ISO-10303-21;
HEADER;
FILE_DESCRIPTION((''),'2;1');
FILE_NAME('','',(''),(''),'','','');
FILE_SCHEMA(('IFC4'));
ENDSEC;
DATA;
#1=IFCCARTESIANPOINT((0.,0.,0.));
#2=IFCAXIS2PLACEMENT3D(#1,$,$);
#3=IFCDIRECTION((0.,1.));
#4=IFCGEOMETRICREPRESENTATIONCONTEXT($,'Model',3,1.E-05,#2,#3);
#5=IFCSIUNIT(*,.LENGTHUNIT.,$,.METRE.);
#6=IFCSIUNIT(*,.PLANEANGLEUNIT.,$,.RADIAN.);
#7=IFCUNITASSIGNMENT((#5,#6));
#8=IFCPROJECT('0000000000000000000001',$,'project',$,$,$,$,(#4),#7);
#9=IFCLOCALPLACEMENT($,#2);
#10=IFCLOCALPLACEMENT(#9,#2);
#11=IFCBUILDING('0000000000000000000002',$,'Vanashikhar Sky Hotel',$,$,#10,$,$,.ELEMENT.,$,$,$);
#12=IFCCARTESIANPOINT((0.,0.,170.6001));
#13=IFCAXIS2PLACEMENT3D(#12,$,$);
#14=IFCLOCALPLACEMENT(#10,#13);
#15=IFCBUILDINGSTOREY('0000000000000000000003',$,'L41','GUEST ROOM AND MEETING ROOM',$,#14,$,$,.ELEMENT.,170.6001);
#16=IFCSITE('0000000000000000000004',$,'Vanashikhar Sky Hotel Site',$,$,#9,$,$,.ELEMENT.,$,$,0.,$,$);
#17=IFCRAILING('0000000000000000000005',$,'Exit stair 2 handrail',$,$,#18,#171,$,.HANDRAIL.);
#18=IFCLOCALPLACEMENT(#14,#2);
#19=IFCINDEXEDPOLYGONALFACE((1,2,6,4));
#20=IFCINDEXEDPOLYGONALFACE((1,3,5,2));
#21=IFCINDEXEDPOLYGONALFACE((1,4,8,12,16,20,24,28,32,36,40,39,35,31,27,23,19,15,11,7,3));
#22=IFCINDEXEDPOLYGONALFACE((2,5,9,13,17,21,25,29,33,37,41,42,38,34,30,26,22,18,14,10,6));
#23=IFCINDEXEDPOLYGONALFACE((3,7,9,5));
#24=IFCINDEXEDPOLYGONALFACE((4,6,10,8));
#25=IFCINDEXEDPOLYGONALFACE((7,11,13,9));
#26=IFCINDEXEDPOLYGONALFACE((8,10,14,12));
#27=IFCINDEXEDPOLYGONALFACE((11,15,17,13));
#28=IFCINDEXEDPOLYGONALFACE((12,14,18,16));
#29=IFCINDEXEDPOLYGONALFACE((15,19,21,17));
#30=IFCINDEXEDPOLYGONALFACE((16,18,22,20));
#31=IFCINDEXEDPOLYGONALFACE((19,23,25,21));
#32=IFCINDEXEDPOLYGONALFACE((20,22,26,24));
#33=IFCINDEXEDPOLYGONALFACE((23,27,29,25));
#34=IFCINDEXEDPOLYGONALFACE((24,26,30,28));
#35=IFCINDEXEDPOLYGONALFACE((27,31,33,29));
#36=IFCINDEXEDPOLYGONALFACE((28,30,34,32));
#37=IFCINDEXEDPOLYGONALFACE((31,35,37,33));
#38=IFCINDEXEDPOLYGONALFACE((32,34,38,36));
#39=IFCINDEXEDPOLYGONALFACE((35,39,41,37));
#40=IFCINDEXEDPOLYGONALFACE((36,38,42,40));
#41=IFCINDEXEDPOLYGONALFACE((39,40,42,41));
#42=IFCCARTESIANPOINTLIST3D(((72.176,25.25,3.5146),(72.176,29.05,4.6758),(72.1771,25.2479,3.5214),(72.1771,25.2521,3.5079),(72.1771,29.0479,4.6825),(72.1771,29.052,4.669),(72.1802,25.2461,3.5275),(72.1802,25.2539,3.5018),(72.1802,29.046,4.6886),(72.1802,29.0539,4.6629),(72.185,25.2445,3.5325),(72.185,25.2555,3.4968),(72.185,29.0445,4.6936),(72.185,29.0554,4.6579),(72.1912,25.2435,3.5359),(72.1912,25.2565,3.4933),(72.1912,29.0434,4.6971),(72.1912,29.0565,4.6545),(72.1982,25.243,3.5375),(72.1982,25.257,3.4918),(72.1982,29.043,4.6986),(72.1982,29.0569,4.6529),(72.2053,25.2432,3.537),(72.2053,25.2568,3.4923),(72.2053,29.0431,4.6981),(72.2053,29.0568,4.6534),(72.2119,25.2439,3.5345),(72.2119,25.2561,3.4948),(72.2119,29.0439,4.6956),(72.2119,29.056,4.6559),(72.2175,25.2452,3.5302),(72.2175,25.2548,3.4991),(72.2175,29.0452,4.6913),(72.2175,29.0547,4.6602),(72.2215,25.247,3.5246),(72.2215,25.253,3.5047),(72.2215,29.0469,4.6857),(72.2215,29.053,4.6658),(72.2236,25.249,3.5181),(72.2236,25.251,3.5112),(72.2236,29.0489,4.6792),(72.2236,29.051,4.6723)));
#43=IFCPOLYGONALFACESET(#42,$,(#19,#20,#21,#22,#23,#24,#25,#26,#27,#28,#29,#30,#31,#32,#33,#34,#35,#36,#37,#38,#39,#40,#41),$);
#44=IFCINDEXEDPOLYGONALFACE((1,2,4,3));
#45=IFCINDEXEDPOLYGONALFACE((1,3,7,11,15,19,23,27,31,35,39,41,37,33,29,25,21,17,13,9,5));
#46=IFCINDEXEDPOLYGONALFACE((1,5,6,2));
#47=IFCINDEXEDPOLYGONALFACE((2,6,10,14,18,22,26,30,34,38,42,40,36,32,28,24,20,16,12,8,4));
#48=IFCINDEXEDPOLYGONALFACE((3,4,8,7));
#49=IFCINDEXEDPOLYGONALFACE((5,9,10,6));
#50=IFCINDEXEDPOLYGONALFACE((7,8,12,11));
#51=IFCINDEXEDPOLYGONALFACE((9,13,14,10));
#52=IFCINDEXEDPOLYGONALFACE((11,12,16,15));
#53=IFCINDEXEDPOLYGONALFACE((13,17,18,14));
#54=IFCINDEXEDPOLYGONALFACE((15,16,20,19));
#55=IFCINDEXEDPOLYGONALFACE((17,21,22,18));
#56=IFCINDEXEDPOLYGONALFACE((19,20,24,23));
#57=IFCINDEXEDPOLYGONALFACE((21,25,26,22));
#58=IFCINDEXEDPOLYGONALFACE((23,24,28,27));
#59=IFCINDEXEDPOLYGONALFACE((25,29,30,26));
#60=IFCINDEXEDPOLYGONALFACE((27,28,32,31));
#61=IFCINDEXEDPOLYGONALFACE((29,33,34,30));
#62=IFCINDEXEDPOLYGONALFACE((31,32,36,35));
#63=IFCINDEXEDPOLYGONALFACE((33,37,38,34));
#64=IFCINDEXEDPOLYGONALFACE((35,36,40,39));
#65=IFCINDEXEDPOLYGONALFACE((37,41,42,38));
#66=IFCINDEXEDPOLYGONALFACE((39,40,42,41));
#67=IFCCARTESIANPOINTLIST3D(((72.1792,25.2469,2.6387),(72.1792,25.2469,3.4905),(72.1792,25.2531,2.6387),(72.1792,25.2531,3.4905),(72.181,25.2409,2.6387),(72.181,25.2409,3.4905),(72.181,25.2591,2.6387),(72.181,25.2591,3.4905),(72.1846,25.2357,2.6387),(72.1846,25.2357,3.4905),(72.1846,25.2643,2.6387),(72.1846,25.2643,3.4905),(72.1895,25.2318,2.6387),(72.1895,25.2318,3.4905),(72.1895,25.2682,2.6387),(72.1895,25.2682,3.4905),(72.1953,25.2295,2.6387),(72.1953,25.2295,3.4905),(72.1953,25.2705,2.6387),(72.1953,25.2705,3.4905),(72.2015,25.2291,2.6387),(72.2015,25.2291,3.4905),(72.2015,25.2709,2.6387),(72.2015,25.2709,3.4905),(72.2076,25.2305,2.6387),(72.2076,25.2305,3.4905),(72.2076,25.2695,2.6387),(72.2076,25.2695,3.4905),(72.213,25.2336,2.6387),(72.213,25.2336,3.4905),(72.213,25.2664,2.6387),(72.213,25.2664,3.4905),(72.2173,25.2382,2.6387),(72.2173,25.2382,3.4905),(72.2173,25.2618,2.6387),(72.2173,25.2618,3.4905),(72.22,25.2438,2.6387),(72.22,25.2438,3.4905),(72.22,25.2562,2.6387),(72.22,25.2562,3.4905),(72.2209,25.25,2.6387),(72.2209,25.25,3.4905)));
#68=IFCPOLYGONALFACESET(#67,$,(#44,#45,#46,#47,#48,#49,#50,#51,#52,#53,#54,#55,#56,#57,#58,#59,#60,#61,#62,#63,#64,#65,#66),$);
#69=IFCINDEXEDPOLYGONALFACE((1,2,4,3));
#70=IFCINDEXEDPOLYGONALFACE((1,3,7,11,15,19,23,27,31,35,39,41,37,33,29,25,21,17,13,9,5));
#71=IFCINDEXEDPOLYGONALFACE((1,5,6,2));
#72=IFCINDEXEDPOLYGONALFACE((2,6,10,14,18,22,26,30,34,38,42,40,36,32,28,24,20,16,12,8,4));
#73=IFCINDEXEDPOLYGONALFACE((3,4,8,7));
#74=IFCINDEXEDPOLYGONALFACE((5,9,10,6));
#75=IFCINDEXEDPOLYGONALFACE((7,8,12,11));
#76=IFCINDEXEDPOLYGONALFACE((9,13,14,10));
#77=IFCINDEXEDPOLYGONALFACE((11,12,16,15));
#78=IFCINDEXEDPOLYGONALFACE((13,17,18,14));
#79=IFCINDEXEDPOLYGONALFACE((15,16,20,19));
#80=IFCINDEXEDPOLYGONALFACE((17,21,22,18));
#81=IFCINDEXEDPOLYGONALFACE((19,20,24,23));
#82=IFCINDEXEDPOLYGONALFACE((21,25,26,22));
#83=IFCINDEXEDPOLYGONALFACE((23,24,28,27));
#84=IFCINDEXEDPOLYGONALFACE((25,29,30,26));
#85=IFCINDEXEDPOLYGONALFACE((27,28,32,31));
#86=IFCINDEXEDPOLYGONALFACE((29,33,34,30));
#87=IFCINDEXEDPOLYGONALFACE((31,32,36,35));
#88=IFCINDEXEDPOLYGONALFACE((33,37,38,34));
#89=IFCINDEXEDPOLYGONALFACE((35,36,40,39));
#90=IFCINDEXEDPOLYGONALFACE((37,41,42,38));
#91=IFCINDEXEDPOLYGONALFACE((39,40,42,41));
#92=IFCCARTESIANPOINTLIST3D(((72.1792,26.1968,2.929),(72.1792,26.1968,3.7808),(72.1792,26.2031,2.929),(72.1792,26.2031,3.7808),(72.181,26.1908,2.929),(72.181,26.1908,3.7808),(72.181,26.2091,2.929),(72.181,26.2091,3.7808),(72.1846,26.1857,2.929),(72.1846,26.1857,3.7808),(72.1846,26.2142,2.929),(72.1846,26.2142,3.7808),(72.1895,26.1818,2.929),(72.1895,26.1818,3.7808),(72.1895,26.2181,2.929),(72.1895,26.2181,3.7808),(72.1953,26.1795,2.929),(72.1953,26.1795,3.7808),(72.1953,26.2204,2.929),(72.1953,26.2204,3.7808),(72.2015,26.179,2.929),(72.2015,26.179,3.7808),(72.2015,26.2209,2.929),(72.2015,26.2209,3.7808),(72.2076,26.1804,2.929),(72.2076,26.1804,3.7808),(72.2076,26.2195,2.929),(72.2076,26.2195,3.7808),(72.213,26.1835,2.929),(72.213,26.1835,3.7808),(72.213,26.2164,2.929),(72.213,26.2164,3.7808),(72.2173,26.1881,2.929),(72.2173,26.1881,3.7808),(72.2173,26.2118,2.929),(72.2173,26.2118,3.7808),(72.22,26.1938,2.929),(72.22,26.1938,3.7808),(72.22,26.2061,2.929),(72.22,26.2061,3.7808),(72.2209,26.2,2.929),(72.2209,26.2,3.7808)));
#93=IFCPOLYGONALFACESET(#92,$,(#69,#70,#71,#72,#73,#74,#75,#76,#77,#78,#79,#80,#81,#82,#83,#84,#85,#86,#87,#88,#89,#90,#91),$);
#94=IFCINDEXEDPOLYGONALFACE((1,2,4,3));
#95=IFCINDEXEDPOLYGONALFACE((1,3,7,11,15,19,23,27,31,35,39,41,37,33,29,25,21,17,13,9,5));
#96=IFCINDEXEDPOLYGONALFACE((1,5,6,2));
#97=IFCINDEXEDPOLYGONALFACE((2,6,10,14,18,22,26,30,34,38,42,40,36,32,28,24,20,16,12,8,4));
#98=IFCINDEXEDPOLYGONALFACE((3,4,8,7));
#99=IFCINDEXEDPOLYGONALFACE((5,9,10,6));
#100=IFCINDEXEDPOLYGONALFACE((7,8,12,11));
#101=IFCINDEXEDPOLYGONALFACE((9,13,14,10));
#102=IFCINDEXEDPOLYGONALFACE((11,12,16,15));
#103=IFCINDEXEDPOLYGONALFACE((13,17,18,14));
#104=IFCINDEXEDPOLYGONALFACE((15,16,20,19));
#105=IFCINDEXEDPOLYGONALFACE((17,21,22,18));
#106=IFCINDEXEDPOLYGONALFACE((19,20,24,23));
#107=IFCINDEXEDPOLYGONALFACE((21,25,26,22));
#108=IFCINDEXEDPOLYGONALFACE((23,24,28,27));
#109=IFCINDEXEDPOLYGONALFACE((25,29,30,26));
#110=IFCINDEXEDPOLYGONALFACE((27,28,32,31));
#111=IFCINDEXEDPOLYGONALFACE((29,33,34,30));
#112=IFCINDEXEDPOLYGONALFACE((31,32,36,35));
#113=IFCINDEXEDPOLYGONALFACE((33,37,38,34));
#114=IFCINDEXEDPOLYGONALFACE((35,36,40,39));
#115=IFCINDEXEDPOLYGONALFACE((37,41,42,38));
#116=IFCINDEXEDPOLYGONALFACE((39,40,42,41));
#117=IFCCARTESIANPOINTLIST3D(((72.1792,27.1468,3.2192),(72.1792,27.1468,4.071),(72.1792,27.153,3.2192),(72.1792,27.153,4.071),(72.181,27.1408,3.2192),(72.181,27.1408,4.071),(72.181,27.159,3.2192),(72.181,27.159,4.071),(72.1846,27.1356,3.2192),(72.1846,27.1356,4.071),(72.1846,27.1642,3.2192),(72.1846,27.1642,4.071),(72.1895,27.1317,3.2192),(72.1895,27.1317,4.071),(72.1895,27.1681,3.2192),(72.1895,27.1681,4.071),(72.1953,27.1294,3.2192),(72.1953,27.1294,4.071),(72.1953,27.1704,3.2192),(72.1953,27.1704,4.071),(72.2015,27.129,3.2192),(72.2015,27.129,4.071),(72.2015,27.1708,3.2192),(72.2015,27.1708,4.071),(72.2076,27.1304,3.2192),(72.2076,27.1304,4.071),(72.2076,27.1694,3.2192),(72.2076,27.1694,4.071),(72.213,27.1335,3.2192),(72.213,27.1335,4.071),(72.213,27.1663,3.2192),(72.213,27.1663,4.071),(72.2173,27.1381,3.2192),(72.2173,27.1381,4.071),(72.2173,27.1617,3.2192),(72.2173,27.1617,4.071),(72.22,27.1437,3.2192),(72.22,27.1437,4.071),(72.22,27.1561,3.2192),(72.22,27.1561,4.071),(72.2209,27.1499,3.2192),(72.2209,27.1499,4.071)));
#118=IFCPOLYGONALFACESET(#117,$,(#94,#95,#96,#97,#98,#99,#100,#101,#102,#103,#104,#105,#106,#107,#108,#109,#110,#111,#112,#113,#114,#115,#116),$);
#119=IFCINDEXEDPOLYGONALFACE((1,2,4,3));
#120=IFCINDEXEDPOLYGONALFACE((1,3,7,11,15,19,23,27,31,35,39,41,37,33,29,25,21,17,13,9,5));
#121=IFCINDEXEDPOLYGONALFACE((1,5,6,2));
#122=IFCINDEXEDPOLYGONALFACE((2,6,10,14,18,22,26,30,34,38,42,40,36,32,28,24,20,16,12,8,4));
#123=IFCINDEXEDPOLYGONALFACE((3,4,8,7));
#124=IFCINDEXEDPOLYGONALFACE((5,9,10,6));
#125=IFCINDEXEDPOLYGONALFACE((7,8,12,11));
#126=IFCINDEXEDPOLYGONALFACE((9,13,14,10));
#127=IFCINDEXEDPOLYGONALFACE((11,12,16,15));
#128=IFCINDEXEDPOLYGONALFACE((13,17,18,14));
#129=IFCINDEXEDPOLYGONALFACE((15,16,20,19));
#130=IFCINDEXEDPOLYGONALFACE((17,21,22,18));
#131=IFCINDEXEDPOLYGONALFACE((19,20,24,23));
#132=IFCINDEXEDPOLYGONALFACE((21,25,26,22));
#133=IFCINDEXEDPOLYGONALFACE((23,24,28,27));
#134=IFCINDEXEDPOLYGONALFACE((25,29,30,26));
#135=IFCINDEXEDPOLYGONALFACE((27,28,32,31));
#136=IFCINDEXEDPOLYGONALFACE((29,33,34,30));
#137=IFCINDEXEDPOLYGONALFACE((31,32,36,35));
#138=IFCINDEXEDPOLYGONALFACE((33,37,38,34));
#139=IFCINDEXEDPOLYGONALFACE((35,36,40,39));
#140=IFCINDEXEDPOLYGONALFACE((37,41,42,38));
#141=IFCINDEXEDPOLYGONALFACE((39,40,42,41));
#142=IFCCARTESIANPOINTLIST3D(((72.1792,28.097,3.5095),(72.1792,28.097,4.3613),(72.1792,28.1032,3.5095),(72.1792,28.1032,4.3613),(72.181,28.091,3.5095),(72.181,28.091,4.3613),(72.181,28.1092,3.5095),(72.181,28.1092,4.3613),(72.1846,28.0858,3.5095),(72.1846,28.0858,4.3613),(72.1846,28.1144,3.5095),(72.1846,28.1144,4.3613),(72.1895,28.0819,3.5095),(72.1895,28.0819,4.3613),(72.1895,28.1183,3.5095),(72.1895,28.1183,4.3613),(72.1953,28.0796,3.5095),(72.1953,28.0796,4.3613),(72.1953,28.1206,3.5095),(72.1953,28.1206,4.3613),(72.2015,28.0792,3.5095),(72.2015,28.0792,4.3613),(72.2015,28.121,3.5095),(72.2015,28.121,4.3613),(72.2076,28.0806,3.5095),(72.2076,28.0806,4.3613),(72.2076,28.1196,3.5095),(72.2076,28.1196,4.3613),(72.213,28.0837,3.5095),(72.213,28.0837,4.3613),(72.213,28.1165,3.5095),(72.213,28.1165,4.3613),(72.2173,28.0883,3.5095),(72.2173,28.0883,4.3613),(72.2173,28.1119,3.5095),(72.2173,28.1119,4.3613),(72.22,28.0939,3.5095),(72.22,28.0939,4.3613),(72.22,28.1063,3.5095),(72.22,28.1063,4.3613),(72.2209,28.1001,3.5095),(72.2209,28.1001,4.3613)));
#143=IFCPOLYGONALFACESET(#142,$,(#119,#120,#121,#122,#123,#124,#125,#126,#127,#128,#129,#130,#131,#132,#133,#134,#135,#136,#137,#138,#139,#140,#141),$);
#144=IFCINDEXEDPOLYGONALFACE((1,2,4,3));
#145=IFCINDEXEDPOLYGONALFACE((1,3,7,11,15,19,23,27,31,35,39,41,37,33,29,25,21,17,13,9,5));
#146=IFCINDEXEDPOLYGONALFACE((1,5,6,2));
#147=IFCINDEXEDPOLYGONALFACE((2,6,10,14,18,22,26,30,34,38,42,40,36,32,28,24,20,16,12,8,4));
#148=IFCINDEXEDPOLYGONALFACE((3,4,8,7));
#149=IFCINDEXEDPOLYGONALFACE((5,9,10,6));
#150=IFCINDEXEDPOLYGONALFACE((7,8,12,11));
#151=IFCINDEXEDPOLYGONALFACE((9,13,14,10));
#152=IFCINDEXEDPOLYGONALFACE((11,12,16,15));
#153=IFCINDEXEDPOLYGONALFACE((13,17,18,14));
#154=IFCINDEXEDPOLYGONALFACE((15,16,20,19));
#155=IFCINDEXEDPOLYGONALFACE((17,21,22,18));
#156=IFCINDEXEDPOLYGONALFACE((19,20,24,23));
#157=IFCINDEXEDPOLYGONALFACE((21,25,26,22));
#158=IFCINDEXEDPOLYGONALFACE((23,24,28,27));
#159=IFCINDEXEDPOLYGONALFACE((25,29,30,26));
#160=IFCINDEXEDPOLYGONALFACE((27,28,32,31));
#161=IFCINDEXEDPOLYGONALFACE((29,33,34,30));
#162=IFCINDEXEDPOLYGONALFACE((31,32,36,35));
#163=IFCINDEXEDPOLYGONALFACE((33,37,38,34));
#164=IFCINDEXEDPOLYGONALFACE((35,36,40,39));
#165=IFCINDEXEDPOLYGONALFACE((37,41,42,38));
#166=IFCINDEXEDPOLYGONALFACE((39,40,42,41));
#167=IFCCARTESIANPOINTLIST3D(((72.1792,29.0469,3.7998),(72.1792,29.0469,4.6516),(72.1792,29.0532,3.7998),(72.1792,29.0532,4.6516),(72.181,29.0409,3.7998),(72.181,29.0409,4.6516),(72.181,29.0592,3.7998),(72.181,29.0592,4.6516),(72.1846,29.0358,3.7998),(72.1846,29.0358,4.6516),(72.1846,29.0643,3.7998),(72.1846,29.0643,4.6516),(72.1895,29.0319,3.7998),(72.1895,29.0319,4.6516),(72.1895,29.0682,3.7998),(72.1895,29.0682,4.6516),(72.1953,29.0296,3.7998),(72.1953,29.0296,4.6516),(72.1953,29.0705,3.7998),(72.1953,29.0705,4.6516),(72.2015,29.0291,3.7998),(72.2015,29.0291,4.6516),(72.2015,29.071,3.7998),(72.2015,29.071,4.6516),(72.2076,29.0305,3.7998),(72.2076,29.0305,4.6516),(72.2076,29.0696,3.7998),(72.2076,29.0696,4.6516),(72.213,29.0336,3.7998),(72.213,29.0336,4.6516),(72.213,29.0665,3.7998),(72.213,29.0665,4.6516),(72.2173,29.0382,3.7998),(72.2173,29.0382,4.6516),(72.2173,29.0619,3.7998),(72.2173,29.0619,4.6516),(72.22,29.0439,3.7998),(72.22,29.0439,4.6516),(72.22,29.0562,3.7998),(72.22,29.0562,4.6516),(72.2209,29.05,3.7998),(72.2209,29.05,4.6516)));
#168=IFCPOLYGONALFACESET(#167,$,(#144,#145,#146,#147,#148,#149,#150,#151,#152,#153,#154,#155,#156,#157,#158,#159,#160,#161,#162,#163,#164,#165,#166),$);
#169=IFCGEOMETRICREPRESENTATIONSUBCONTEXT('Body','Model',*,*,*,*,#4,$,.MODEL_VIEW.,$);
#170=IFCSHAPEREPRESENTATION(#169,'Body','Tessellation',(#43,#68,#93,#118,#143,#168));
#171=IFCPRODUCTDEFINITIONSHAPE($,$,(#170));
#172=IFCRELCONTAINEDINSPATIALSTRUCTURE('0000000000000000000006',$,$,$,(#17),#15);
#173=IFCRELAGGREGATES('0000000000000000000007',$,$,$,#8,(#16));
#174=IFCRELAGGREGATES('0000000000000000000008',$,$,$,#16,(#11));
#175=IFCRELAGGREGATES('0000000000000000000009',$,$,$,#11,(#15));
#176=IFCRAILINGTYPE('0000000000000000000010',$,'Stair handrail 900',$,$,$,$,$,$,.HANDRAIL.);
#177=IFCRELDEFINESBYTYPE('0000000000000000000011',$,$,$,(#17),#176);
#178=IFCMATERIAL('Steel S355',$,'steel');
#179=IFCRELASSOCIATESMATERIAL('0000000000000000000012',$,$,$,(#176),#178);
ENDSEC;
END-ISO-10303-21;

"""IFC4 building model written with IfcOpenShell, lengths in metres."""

from ifc_helpers import new_model, si_unit, direction, frame, origin, origin_2d, place, context, subcontext, project, spatial, circle, extrude, source, transform, mapped, material, type_object, element, save


model = new_model("IFC4")

# Units and contexts
model_context = context("Model", 3, precision=1e-05, world=origin(), true_north=direction((0.0, 1.0)))
body_context = subcontext(model_context, "Body", "Model", "MODEL_VIEW")
ifc_project = project(units=[si_unit("LENGTHUNIT", "METRE"), si_unit("PLANEANGLEUNIT", "RADIAN")], contexts=[model_context])

# Site, building, storey
site_placement = place(None, origin())
site = spatial("IfcSite", under=ifc_project, at=site_placement, Name="Vanashikhar Sky Hotel Site", CompositionType="ELEMENT", RefElevation=0.0)
building_placement = place(site_placement, origin())
building = spatial("IfcBuilding", under=site, at=building_placement, Name="Vanashikhar Sky Hotel", CompositionType="ELEMENT")
storey_placement = place(building_placement, frame((0.0, 0.0, 170.6001)))
storey = spatial("IfcBuildingStorey", under=building, at=storey_placement, Name="L41", Description="GUEST ROOM AND MEETING ROOM", CompositionType="ELEMENT", Elevation=170.6001)

# Railing
ifc_material_1 = material(Name="Steel S355", Category="steel")
railing_type_1 = type_object("IfcRailingType", Name="Stair handrail 900", PredefinedType="HANDRAIL", material=ifc_material_1)
shared_shape_1 = source(origin(), body_context, "Body", "SweptSolid", [
    extrude(circle(Radius=0.0239, at=origin_2d()), frame((0.0, 0.0, 0.876), z_axis=(0.0, 0.956351, 0.29222), x_axis=(-1.0, 0.0, 0.0)), (0.0, 0.0, 1.0), 3.9734),
    extrude(circle(Radius=0.021, at=origin_2d()), origin(), (0.0, 0.0, 1.0), 0.8518),
    extrude(circle(Radius=0.021, at=origin_2d()), frame((0.0, 0.95, 0.2903)), (0.0, 0.0, 1.0), 0.8518),
    extrude(circle(Radius=0.021, at=origin_2d()), frame((0.0, 1.8999, 0.5806)), (0.0, 0.0, 1.0), 0.8518),
    extrude(circle(Radius=0.021, at=origin_2d()), frame((0.0, 2.8501, 0.8708)), (0.0, 0.0, 1.0), 0.8518),
    extrude(circle(Radius=0.021, at=origin_2d()), frame((0.0, 3.8, 1.1611)), (0.0, 0.0, 1.0), 0.8518),
])
for number, where, name in (
    (1, (72.2, 25.25, 2.6387), "Exit stair 2 handrail"),
):
    element("IfcRailing", number, at=place(storey_placement, frame(where)), inside=storey, type_object=railing_type_1, Name=name, PredefinedType="HANDRAIL", context=body_context, shape_type="MappedRepresentation", body=[
        mapped(shared_shape_1, transform((0.0, 0.0, 0.0), scale=1.0)),
    ])

save(model, "model.ifc")
